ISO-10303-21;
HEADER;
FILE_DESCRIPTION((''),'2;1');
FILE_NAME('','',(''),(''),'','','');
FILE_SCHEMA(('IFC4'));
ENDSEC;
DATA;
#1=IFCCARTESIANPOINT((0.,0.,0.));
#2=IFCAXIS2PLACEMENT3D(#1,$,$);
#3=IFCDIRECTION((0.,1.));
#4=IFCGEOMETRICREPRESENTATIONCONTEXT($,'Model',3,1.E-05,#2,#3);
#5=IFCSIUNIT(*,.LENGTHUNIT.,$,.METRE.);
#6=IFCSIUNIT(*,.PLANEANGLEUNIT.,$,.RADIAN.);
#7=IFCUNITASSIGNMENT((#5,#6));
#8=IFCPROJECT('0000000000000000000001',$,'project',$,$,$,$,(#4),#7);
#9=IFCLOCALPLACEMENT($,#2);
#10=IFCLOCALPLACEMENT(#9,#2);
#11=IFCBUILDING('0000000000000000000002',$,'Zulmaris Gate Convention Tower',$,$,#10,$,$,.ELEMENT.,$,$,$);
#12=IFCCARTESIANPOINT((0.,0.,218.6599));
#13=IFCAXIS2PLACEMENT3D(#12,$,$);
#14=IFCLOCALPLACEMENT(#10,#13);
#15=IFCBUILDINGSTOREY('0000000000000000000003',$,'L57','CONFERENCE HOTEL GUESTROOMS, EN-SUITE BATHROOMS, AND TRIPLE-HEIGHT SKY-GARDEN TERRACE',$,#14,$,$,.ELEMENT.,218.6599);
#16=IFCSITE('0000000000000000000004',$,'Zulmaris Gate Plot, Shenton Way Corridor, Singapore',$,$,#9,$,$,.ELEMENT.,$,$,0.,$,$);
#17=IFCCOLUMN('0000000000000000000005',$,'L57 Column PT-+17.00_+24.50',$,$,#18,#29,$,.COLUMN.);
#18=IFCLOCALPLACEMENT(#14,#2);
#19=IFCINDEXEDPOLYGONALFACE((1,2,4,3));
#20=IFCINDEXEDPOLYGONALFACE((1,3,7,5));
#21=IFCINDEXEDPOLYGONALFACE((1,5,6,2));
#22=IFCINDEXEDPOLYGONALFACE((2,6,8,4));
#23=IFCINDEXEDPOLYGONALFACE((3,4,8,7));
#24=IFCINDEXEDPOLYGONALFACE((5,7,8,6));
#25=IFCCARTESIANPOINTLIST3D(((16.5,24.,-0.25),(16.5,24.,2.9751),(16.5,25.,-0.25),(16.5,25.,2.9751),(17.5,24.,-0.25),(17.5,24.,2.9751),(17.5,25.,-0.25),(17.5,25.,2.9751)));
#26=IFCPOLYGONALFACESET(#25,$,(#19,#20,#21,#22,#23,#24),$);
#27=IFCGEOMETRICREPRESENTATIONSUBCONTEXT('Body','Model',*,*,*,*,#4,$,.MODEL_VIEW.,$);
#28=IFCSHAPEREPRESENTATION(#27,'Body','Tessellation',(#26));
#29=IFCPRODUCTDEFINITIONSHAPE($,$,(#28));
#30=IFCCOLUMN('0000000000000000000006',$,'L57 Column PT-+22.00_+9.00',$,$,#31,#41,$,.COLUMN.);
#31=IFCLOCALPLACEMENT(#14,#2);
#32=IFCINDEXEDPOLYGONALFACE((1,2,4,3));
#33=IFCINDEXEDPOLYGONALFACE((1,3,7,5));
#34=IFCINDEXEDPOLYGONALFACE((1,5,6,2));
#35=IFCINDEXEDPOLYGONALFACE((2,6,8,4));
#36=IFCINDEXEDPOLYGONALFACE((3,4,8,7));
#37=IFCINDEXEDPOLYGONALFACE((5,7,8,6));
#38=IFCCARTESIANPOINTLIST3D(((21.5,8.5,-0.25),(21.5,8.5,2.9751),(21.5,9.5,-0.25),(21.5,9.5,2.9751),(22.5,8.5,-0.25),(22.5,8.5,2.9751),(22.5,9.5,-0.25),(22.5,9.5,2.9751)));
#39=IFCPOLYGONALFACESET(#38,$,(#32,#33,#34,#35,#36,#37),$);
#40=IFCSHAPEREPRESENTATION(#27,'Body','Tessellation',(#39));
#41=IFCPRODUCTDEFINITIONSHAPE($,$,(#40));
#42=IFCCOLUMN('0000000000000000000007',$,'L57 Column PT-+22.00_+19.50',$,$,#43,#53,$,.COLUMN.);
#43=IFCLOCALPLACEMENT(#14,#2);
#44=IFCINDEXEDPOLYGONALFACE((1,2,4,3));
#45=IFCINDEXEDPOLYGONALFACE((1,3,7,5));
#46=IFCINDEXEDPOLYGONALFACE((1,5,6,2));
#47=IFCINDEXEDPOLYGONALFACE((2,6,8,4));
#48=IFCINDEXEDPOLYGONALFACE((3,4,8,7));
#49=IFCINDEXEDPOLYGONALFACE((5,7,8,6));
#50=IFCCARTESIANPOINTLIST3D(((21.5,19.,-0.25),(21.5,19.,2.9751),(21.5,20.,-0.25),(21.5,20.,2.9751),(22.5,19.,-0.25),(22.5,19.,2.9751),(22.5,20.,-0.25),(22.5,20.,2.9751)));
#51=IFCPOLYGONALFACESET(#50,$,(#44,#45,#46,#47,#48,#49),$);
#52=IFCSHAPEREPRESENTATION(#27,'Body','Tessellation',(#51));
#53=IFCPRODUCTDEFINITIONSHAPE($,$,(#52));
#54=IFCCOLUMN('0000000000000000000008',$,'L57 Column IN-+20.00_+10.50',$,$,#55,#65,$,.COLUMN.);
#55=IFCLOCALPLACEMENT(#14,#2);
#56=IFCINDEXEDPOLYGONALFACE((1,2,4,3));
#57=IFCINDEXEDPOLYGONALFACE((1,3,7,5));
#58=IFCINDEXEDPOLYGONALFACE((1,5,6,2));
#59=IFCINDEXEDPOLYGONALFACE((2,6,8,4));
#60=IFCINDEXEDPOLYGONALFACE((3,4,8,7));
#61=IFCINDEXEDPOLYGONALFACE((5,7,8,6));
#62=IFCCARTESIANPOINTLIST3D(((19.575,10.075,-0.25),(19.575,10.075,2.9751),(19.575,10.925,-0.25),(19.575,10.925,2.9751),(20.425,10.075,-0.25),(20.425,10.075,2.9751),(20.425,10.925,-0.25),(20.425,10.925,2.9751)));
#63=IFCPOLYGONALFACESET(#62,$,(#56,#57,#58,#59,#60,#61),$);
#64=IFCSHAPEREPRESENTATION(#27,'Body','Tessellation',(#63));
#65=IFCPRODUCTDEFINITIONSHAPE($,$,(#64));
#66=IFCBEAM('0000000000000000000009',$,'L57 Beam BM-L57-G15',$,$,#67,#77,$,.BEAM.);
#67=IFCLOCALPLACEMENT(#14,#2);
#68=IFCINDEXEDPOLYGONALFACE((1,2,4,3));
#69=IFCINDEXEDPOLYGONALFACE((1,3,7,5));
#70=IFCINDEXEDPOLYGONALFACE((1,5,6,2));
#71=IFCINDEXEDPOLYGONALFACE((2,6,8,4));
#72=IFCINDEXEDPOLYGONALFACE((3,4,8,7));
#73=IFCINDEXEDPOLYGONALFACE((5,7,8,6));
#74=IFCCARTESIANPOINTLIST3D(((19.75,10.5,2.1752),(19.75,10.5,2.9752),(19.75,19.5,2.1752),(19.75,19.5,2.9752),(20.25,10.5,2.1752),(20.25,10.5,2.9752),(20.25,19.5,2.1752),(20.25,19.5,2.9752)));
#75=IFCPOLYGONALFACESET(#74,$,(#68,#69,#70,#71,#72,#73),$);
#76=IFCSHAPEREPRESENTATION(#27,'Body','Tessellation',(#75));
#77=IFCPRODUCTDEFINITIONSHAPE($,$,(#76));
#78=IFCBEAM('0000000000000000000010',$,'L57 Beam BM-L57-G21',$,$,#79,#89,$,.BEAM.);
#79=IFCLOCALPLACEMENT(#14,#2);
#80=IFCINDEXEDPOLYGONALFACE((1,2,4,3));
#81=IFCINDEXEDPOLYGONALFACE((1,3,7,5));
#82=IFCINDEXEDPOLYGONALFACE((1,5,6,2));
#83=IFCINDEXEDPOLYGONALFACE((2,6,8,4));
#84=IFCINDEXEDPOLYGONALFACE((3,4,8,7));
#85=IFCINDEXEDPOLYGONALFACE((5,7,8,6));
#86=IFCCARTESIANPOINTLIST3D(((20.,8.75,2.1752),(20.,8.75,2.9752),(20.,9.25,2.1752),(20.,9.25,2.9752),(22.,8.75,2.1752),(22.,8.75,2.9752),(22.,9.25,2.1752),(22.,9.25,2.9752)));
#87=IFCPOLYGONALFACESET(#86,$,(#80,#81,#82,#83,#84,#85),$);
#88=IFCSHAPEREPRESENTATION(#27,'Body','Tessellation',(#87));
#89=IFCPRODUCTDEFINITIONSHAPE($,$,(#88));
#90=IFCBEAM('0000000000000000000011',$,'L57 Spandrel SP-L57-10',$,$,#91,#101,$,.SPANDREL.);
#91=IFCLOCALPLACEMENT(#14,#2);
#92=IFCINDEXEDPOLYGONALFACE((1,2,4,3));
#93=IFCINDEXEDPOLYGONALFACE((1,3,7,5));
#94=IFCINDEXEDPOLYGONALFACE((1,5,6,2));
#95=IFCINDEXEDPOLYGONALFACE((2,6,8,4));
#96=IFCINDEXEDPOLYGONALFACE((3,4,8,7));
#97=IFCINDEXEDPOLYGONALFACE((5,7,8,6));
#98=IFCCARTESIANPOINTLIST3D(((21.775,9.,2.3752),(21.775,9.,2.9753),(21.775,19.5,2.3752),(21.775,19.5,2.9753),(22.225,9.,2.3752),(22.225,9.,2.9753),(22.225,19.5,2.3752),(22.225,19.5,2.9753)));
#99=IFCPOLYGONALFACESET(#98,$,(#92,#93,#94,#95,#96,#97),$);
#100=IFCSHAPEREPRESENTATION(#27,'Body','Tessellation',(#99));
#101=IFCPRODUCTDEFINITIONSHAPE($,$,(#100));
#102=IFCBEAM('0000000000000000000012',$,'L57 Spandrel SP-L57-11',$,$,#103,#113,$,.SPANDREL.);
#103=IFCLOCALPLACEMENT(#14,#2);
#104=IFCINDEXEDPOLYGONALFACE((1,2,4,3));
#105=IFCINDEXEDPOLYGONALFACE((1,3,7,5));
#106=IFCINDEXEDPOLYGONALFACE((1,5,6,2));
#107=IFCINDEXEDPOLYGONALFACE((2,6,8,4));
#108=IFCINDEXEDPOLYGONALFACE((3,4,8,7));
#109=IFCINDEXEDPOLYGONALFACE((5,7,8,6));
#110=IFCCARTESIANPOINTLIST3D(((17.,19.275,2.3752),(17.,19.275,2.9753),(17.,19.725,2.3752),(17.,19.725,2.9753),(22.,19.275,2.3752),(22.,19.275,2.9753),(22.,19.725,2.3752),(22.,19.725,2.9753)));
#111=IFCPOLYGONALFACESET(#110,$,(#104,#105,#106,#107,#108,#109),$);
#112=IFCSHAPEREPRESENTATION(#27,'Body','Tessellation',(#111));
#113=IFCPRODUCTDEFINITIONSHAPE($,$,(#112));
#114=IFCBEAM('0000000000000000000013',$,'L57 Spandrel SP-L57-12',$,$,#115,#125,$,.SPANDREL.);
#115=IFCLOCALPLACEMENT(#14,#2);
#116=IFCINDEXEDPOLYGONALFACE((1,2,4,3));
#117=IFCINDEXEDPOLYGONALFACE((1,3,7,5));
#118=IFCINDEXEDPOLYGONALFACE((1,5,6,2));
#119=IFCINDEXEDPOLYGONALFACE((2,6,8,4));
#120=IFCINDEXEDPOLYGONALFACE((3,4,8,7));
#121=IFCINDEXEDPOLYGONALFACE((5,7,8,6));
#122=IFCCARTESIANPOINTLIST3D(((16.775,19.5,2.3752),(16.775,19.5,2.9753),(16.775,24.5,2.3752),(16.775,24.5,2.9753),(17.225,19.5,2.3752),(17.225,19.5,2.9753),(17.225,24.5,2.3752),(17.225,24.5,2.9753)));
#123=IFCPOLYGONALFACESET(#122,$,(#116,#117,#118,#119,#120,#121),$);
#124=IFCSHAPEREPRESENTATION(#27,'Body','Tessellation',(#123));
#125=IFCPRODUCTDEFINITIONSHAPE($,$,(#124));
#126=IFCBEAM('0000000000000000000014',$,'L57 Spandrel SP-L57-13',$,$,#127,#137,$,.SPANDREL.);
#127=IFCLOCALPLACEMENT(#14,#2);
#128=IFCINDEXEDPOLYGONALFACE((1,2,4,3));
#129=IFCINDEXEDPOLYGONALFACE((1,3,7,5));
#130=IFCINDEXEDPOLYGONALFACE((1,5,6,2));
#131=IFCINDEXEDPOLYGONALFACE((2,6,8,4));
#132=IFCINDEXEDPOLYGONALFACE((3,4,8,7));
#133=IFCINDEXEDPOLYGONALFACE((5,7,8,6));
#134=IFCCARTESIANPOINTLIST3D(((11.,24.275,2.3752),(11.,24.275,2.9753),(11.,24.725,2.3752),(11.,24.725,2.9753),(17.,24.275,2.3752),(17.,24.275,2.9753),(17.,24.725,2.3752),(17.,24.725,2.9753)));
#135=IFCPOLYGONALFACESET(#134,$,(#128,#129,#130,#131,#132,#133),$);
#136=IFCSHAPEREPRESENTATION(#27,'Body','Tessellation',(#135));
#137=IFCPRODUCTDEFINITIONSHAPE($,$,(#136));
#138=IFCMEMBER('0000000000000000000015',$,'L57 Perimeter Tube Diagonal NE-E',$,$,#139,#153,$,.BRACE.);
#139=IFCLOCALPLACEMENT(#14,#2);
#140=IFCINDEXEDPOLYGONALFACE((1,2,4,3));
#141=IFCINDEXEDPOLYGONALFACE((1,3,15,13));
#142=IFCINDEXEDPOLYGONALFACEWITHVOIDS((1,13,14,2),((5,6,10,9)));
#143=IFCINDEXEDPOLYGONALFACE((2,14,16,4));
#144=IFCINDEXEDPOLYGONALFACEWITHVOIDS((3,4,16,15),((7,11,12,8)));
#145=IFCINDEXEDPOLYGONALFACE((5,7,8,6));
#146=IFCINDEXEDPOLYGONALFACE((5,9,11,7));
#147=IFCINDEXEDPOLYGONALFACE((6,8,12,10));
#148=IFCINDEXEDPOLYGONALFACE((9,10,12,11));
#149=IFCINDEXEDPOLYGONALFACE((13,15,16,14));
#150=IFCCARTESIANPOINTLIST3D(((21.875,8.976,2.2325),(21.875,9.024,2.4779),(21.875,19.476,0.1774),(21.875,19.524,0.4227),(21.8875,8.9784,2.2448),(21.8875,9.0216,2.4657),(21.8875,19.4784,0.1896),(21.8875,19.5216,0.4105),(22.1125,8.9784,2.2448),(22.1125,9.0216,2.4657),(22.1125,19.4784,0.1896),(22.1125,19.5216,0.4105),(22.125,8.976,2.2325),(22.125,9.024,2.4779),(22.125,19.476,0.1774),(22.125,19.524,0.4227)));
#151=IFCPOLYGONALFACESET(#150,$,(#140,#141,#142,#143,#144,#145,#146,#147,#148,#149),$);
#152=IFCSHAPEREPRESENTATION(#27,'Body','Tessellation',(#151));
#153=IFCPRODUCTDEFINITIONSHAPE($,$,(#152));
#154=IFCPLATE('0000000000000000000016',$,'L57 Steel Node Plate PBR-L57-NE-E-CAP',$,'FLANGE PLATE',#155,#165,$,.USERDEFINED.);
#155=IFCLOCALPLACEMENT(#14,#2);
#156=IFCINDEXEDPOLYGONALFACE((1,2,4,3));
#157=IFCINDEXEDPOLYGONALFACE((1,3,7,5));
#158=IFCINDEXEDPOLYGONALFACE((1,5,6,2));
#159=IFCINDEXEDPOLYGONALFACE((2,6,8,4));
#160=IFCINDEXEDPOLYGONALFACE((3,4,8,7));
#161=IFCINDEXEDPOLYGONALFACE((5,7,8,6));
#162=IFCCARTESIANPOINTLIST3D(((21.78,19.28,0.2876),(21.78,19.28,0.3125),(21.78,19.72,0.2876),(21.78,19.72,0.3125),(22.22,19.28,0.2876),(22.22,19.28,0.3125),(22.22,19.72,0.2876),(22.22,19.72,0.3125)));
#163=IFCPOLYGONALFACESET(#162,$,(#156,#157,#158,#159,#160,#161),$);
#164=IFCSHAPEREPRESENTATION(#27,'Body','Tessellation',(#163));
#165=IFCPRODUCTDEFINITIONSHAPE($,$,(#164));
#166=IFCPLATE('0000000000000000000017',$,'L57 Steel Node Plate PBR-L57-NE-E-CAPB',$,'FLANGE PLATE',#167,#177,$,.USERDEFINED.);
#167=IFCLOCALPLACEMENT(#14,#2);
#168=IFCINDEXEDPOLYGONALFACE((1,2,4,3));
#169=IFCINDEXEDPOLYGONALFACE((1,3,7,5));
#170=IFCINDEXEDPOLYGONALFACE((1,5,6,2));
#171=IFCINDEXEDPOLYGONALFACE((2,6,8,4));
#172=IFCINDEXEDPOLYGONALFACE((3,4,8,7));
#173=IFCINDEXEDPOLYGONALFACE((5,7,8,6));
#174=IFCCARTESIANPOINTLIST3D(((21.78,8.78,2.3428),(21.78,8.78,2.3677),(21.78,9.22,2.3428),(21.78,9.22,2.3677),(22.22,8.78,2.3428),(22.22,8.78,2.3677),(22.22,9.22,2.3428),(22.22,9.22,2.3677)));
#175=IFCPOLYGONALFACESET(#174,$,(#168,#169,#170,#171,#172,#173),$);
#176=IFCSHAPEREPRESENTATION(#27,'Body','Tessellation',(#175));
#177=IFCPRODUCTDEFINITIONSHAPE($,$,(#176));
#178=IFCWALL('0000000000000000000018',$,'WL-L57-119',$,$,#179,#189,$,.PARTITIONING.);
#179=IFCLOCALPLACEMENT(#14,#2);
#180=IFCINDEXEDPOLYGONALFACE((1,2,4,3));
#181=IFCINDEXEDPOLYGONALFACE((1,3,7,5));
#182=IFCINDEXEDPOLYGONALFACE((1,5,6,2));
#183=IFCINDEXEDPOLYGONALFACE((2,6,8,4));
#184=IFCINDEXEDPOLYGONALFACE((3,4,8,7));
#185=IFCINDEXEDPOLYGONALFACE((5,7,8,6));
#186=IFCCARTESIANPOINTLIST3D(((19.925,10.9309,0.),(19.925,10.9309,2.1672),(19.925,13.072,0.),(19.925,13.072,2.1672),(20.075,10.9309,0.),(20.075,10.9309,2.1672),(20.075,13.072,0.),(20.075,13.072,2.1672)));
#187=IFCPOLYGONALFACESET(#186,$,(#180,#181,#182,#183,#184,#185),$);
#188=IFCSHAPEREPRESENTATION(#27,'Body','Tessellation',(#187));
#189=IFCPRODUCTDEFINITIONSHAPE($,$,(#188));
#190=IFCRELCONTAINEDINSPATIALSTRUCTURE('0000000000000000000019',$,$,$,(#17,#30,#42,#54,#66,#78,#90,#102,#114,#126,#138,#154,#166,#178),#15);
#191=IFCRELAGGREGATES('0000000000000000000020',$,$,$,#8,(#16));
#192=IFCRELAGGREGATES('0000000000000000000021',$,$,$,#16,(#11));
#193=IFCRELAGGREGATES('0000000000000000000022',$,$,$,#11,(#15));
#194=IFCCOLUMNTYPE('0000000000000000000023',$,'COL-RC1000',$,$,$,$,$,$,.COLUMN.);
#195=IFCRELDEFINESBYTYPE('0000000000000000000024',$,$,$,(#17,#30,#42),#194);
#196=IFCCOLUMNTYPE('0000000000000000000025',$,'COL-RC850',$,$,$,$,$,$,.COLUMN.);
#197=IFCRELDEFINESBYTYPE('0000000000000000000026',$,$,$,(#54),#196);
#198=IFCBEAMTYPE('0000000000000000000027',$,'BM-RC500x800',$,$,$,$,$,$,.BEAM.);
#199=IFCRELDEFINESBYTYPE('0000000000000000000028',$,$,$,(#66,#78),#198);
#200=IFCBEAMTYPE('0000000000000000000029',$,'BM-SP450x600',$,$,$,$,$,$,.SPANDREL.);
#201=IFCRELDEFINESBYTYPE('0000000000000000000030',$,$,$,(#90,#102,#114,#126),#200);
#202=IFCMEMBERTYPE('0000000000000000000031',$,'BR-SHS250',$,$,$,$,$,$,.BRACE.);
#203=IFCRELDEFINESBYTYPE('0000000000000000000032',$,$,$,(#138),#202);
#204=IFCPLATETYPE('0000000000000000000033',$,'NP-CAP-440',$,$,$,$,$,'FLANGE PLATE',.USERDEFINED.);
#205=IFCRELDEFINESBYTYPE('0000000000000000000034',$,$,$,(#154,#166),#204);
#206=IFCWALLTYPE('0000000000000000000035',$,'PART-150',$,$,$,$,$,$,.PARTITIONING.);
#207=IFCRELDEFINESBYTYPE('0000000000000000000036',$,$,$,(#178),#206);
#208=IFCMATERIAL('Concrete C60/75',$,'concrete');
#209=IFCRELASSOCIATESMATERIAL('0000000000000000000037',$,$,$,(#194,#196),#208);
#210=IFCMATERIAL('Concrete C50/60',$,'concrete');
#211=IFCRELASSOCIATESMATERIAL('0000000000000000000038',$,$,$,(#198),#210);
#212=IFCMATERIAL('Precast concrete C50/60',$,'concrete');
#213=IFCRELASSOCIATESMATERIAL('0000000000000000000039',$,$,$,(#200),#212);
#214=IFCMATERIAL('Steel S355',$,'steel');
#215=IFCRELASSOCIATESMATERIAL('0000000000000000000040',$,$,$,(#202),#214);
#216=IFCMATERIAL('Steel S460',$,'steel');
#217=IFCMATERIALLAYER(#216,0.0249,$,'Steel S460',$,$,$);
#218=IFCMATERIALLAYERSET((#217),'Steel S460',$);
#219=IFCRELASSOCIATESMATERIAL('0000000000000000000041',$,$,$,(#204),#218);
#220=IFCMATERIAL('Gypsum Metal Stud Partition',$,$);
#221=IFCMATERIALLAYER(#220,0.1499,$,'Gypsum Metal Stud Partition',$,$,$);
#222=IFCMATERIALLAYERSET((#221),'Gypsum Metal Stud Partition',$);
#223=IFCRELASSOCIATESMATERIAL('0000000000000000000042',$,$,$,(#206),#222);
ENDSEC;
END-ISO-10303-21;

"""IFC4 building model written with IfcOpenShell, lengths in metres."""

from ifc_helpers import new_model, si_unit, direction, frame, frame_2d, origin, origin_2d, place, context, subcontext, project, spatial, rectangle, hollow_rectangle, extrude, material, layer, layer_set, material_profile, profile_set, type_object, element, save


model = new_model("IFC4")

# Units and contexts
model_context = context("Model", 3, precision=1e-05, world=origin(), true_north=direction((0.0, 1.0)))
body_context = subcontext(model_context, "Body", "Model", "MODEL_VIEW")
ifc_project = project(units=[si_unit("LENGTHUNIT", "METRE"), si_unit("PLANEANGLEUNIT", "RADIAN")], contexts=[model_context])

# Site, building, storey
site_placement = place(None, origin())
site = spatial("IfcSite", under=ifc_project, at=site_placement, Name="Zulmaris Gate Plot, Shenton Way Corridor, Singapore", CompositionType="ELEMENT", RefElevation=0.0)
building_placement = place(site_placement, origin())
building = spatial("IfcBuilding", under=site, at=building_placement, Name="Zulmaris Gate Convention Tower", CompositionType="ELEMENT")
storey_placement = place(building_placement, frame((0.0, 0.0, 218.6599)))
storey = spatial("IfcBuildingStorey", under=building, at=storey_placement, Name="L57", Description="CONFERENCE HOTEL GUESTROOMS, EN-SUITE BATHROOMS, AND TRIPLE-HEIGHT SKY-GARDEN TERRACE", CompositionType="ELEMENT", Elevation=218.6599)

# Columns
ifc_material_1 = material(Name="Concrete C60/75", Category="concrete")
ifc_material_profile_1 = material_profile(ifc_material_1, rectangle(XDim=1.0, YDim=1.0, at=origin_2d()), Name="RC COL 1000x1000")
ifc_profile_set_1 = profile_set([ifc_material_profile_1], Name="Concrete C60/75")
column_type_1 = type_object("IfcColumnType", Name="COL-RC1000", PredefinedType="COLUMN", material=ifc_profile_set_1)
for number, where, z_axis, x_axis, name in (
    (1, (17.0, 24.5, -0.25), (0.0, 0.0, 1.0), (1.0, 0.0, 0.0), "L57 Column PT-+17.00_+24.50"),
    (2, (22.0, 9.0, -0.25), (0.0, 0.0, 1.0), (1.0, 0.0, 0.0), "L57 Column PT-+22.00_+9.00"),
    (3, (22.0, 19.5, -0.25), (0.0, 0.0, 1.0), (1.0, 0.0, 0.0), "L57 Column PT-+22.00_+19.50"),
):
    element("IfcColumn", number, at=place(storey_placement, frame(where, z_axis=z_axis, x_axis=x_axis)), inside=storey, type_object=column_type_1, Name=name, PredefinedType="COLUMN", context=body_context, shape_type="SweptSolid", body=[
        extrude(rectangle(XDim=1.0, YDim=1.0, at=origin_2d()), origin(), (0.0, 0.0, 1.0), 3.2251),
    ])
ifc_material_profile_2 = material_profile(ifc_material_1, rectangle(XDim=0.8501, YDim=0.8501, at=origin_2d()), Name="RC COL 850x850")
ifc_profile_set_2 = profile_set([ifc_material_profile_2], Name="Concrete C60/75")
column_type_2 = type_object("IfcColumnType", Name="COL-RC850", PredefinedType="COLUMN", material=ifc_profile_set_2)
column_placement = place(storey_placement, frame((20.0, 10.5, -0.25), z_axis=(0.0, 0.0, 1.0), x_axis=(1.0, 0.0, 0.0)))
element("IfcColumn", 4, at=column_placement, inside=storey, type_object=column_type_2, Name="L57 Column IN-+20.00_+10.50", PredefinedType="COLUMN", context=body_context, shape_type="SweptSolid", body=[
    extrude(rectangle(XDim=0.8501, YDim=0.8501, at=origin_2d()), origin(), (0.0, 0.0, 1.0), 3.2251),
])

# Beams
ifc_material_2 = material(Name="Concrete C50/60", Category="concrete")
ifc_material_profile_3 = material_profile(ifc_material_2, rectangle(XDim=0.5, YDim=0.8, at=origin_2d()), Name="RC BEAM 500x800")
ifc_profile_set_3 = profile_set([ifc_material_profile_3], Name="Concrete C50/60")
beam_type_1 = type_object("IfcBeamType", Name="BM-RC500x800", PredefinedType="BEAM", material=ifc_profile_set_3)
beam_1_placement = place(storey_placement, frame((20.0, 10.5, 2.5752), z_axis=(0.0, 1.0, 0.0), x_axis=(-1.0, 0.0, 0.0)))
element("IfcBeam", 5, at=beam_1_placement, inside=storey, type_object=beam_type_1, Name="L57 Beam BM-L57-G15", PredefinedType="BEAM", context=body_context, shape_type="SweptSolid", body=[
    extrude(rectangle(XDim=0.5, YDim=0.8, at=origin_2d()), origin(), (0.0, 0.0, 1.0), 9.0),
])
beam_2_placement = place(storey_placement, frame((20.0, 9.0, 2.5752), z_axis=(1.0, 0.0, 0.0), x_axis=(0.0, 1.0, 0.0)))
element("IfcBeam", 6, at=beam_2_placement, inside=storey, type_object=beam_type_1, Name="L57 Beam BM-L57-G21", PredefinedType="BEAM", context=body_context, shape_type="SweptSolid", body=[
    extrude(rectangle(XDim=0.5, YDim=0.8, at=origin_2d()), origin(), (0.0, 0.0, 1.0), 2.0),
])
ifc_material_3 = material(Name="Precast concrete C50/60", Category="concrete")
ifc_material_profile_4 = material_profile(ifc_material_3, rectangle(XDim=0.45, YDim=0.6001, at=origin_2d()), Name="RC SPANDREL 450x600")
ifc_profile_set_4 = profile_set([ifc_material_profile_4], Name="Precast concrete C50/60")
beam_type_2 = type_object("IfcBeamType", Name="BM-SP450x600", PredefinedType="SPANDREL", material=ifc_profile_set_4)
beam_3_placement = place(storey_placement, frame((22.0, 9.0, 2.6753), z_axis=(0.0, 1.0, 0.0), x_axis=(-1.0, 0.0, 0.0)))
element("IfcBeam", 7, at=beam_3_placement, inside=storey, type_object=beam_type_2, Name="L57 Spandrel SP-L57-10", PredefinedType="SPANDREL", context=body_context, shape_type="SweptSolid", body=[
    extrude(rectangle(XDim=0.45, YDim=0.6001, at=origin_2d()), origin(), (0.0, 0.0, 1.0), 10.5),
])
for number, where, z_axis, x_axis, name in (
    (8, (22.0, 19.5, 2.6753), (-1.0, 0.0, 0.0), (0.0, -1.0, 0.0), "L57 Spandrel SP-L57-11"),
    (9, (17.0, 19.5, 2.6753), (0.0, 1.0, 0.0), (-1.0, 0.0, 0.0), "L57 Spandrel SP-L57-12"),
):
    element("IfcBeam", number, at=place(storey_placement, frame(where, z_axis=z_axis, x_axis=x_axis)), inside=storey, type_object=beam_type_2, Name=name, PredefinedType="SPANDREL", context=body_context, shape_type="SweptSolid", body=[
        extrude(rectangle(XDim=0.45, YDim=0.6001, at=origin_2d()), origin(), (0.0, 0.0, 1.0), 5.0),
    ])
beam_4_placement = place(storey_placement, frame((17.0, 24.5, 2.6753), z_axis=(-1.0, 0.0, 0.0), x_axis=(0.0, -1.0, 0.0)))
element("IfcBeam", 10, at=beam_4_placement, inside=storey, type_object=beam_type_2, Name="L57 Spandrel SP-L57-13", PredefinedType="SPANDREL", context=body_context, shape_type="SweptSolid", body=[
    extrude(rectangle(XDim=0.45, YDim=0.6001, at=origin_2d()), origin(), (0.0, 0.0, 1.0), 6.0),
])

# Member
ifc_material_4 = material(Name="Steel S355", Category="steel")
ifc_material_profile_5 = material_profile(ifc_material_4, hollow_rectangle(XDim=0.25, YDim=0.25, WallThickness=0.0125, at=origin_2d()), Name="SHS 250x250x12.5")
ifc_profile_set_5 = profile_set([ifc_material_profile_5], Name="Steel S355")
member_type = type_object("IfcMemberType", Name="BR-SHS250", PredefinedType="BRACE", material=ifc_profile_set_5)
member_placement = place(storey_placement, frame((22.0, 19.5, 0.3), z_axis=(0.0, -0.981378, 0.192086), x_axis=(1.0, 0.0, 0.0)))
element("IfcMember", 11, at=member_placement, inside=storey, type_object=member_type, Name="L57 Perimeter Tube Diagonal NE-E", PredefinedType="BRACE", context=body_context, shape_type="SweptSolid", body=[
    extrude(hollow_rectangle(XDim=0.25, YDim=0.25, WallThickness=0.0125, at=origin_2d()), origin(), (0.0, 0.0, 1.0), 10.6992),
])

# Plates
ifc_material_5 = material(Name="Steel S460", Category="steel")
ifc_layer_1 = layer(ifc_material_5, 0.0249, Name="Steel S460")
ifc_layer_set_1 = layer_set([ifc_layer_1], Name="Steel S460")
plate_type = type_object("IfcPlateType", Name="NP-CAP-440", ElementType="FLANGE PLATE", PredefinedType="USERDEFINED", material=ifc_layer_set_1)
for number, where, z_axis, x_axis, name in (
    (12, (22.0, 19.5, 0.2876), (0.0, 0.0, 1.0), (1.0, 0.0, 0.0), "L57 Steel Node Plate PBR-L57-NE-E-CAP"),
    (13, (22.0, 9.0, 2.3428), (0.0, 0.0, 1.0), (1.0, 0.0, 0.0), "L57 Steel Node Plate PBR-L57-NE-E-CAPB"),
):
    element("IfcPlate", number, at=place(storey_placement, frame(where, z_axis=z_axis, x_axis=x_axis)), inside=storey, type_object=plate_type, Name=name, ObjectType="FLANGE PLATE", PredefinedType="USERDEFINED", context=body_context, shape_type="SweptSolid", body=[
        extrude(rectangle(XDim=0.4399, YDim=0.4399, at=origin_2d()), origin(), (0.0, 0.0, 1.0), 0.0249),
    ])

# Wall
ifc_material_6 = material(Name="Gypsum Metal Stud Partition")
ifc_layer_2 = layer(ifc_material_6, 0.1499, Name="Gypsum Metal Stud Partition")
ifc_layer_set_2 = layer_set([ifc_layer_2], Name="Gypsum Metal Stud Partition")
wall_type_1 = type_object("IfcWallType", Name="PART-150", PredefinedType="PARTITIONING", material=ifc_layer_set_2)
wall_1_placement = place(storey_placement, frame((20.0, 10.9309, 0.0), z_axis=(0.0, 0.0, 1.0), x_axis=(0.0, 1.0, 0.0)))
element("IfcWall", 14, at=wall_1_placement, inside=storey, type_object=wall_type_1, Name="WL-L57-119", PredefinedType="PARTITIONING", context=body_context, shape_type="SweptSolid", body=[
    extrude(rectangle(XDim=2.1411, YDim=0.1499, at=frame_2d((1.0706, 0.0))), origin(), (0.0, 0.0, 1.0), 2.1672),
])

save(model, "model.ifc")
